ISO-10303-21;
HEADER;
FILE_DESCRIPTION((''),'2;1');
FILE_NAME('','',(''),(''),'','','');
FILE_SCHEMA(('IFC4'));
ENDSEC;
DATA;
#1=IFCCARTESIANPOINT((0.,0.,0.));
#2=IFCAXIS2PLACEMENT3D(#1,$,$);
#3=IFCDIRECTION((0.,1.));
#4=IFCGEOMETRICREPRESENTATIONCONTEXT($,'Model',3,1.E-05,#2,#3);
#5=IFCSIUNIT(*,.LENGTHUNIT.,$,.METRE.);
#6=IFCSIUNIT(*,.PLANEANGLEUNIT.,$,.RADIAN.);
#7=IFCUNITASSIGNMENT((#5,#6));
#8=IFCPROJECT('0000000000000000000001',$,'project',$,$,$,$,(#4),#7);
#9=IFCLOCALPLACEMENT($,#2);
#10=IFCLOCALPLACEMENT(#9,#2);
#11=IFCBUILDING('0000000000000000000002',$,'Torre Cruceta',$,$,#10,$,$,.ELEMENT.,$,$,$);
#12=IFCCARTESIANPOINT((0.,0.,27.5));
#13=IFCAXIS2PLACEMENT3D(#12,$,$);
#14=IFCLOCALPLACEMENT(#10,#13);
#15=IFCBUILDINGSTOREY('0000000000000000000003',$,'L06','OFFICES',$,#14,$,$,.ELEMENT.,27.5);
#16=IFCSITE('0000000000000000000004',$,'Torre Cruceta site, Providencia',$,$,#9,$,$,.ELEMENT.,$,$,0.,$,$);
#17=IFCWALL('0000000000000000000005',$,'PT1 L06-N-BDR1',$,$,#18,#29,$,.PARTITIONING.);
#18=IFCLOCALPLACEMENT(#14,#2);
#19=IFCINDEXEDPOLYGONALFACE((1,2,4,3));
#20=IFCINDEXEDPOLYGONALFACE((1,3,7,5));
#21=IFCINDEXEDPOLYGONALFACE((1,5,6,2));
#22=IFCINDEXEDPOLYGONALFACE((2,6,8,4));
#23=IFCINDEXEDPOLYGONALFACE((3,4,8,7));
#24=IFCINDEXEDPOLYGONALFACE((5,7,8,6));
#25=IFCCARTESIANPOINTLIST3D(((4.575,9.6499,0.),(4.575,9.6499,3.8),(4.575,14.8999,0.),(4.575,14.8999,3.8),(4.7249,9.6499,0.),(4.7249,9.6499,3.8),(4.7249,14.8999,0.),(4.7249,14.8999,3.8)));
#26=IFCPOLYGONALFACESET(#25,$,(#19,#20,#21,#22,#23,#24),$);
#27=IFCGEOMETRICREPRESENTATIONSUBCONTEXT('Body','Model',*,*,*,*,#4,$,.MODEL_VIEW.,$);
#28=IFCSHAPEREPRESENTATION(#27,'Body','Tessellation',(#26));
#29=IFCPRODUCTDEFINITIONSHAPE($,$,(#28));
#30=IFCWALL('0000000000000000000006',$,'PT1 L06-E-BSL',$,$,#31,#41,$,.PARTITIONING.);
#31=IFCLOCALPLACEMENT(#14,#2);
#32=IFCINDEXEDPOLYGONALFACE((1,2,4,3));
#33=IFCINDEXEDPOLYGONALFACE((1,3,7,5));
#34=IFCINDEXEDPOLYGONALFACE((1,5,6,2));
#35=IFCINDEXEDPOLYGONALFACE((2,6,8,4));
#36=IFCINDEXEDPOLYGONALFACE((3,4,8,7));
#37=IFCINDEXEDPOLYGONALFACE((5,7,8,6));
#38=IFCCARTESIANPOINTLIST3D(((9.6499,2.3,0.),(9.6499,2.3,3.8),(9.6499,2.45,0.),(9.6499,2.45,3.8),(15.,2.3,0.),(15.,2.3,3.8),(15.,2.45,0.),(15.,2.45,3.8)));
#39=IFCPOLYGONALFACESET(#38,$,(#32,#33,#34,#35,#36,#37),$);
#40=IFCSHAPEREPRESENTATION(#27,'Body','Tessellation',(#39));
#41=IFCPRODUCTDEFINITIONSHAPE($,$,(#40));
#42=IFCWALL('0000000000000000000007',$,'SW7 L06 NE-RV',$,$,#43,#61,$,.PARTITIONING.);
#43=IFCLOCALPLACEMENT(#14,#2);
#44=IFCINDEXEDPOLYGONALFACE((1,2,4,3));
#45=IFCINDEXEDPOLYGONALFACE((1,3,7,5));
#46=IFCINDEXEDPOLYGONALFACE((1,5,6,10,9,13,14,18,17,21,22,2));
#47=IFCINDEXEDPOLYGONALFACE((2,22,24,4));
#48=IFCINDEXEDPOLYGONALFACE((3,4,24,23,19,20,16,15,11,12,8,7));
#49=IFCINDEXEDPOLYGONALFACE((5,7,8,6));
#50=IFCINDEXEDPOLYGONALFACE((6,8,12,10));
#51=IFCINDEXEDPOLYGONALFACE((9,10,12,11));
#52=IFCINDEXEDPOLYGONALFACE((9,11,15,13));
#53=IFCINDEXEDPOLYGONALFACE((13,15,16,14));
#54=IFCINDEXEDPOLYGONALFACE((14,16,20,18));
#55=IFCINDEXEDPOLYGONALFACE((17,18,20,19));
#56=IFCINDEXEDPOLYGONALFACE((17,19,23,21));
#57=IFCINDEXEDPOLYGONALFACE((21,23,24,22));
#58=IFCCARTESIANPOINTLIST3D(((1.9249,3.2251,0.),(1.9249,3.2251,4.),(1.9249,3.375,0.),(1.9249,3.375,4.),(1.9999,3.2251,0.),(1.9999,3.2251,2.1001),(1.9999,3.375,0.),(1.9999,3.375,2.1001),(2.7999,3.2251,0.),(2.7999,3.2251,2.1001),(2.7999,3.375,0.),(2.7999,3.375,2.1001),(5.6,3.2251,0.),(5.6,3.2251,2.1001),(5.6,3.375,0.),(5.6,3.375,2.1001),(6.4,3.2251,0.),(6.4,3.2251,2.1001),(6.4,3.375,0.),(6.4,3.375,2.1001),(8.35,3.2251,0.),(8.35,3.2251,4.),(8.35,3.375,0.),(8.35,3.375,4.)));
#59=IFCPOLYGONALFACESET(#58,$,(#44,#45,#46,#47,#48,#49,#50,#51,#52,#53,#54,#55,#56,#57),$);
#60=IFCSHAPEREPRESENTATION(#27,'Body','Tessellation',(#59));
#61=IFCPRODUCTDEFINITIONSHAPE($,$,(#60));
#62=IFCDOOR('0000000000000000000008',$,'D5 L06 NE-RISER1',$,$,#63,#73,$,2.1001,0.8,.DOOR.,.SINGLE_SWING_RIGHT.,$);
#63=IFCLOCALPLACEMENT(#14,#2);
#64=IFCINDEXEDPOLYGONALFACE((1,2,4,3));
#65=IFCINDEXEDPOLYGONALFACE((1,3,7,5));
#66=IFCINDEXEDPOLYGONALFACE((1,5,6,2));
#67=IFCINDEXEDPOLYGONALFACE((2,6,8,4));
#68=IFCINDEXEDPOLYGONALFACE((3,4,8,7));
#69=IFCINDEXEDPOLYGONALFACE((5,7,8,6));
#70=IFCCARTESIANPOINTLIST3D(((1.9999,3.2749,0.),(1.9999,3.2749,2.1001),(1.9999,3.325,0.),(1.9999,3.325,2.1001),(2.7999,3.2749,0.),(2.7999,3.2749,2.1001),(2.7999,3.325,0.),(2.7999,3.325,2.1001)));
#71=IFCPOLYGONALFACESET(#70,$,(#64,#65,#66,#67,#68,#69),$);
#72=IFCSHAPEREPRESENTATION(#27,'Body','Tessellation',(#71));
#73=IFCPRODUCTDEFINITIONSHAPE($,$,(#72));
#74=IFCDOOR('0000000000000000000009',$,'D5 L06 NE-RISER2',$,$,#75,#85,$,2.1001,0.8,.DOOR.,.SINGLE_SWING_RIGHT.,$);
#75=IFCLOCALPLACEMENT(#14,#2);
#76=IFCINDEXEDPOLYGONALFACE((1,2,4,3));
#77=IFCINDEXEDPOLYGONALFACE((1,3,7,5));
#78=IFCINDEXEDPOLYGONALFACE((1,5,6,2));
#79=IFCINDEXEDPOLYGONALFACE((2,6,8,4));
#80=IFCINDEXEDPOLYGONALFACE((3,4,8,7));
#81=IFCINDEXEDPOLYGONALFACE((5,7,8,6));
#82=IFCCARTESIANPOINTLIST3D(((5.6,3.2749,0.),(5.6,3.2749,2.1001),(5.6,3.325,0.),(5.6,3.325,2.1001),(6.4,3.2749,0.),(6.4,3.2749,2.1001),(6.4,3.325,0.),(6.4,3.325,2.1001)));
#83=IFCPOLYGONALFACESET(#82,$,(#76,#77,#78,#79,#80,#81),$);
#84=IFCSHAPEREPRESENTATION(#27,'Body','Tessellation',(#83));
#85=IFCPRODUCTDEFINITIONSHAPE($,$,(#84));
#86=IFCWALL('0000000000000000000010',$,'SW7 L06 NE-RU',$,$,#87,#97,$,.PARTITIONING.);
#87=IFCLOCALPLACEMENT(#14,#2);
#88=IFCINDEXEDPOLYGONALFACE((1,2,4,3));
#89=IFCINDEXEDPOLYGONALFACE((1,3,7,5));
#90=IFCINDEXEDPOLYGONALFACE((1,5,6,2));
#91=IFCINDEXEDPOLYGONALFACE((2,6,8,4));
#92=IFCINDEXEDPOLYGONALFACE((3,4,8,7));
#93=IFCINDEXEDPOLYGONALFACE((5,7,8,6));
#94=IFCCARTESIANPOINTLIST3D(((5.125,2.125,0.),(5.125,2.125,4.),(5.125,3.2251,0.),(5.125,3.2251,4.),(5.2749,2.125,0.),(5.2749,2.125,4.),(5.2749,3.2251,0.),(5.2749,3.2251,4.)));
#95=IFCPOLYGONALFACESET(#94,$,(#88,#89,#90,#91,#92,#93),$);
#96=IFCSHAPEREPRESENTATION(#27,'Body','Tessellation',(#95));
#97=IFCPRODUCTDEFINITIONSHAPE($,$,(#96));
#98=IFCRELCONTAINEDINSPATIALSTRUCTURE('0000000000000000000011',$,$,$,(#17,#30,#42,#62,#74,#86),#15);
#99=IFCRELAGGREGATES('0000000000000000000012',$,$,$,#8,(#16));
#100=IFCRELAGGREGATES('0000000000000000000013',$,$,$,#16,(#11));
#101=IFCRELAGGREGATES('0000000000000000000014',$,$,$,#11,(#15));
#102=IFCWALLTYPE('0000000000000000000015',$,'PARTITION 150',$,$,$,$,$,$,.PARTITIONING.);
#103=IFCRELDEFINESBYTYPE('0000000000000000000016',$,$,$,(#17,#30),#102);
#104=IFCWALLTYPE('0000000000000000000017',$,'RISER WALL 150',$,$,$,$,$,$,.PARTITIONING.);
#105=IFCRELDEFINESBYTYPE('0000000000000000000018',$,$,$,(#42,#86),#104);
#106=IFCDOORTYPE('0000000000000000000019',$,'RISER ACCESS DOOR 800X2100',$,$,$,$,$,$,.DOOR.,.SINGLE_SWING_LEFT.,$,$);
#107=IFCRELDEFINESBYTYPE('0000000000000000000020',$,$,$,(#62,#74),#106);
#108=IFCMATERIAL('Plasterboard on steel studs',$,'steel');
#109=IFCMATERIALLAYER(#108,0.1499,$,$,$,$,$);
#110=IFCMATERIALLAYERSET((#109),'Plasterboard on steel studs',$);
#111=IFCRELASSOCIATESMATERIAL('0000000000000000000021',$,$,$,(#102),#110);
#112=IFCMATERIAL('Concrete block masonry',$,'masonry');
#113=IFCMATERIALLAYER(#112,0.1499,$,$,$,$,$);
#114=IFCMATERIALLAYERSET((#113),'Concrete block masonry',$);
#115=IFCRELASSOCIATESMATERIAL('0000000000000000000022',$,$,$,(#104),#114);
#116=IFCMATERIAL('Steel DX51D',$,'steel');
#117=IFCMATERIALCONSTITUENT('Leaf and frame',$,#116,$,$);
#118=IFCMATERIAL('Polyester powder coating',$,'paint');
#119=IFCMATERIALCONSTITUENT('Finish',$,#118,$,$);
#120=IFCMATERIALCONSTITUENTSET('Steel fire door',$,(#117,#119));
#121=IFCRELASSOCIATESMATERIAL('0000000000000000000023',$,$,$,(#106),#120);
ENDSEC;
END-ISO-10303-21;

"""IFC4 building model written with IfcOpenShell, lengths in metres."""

from ifc_helpers import new_model, si_unit, direction, frame, frame_2d, origin, place, context, subcontext, project, spatial, rectangle, extrude, material, layer, layer_set, constituent, constituent_set, type_object, element, fill, save


model = new_model("IFC4")

# Units and contexts
model_context = context("Model", 3, precision=1e-05, world=origin(), true_north=direction((0.0, 1.0)))
body_context = subcontext(model_context, "Body", "Model", "MODEL_VIEW")
ifc_project = project(units=[si_unit("LENGTHUNIT", "METRE"), si_unit("PLANEANGLEUNIT", "RADIAN")], contexts=[model_context])

# Site, building, storey
site_placement = place(None, origin())
site = spatial("IfcSite", under=ifc_project, at=site_placement, Name="Torre Cruceta site, Providencia", CompositionType="ELEMENT", RefElevation=0.0)
building_placement = place(site_placement, origin())
building = spatial("IfcBuilding", under=site, at=building_placement, Name="Torre Cruceta", CompositionType="ELEMENT")
storey_placement = place(building_placement, frame((0.0, 0.0, 27.5)))
storey = spatial("IfcBuildingStorey", under=building, at=storey_placement, Name="L06", Description="OFFICES", CompositionType="ELEMENT", Elevation=27.5)

# Walls
ifc_material_1 = material(Name="Plasterboard on steel studs", Category="steel")
ifc_layer_1 = layer(ifc_material_1, 0.1499)
ifc_layer_set_1 = layer_set([ifc_layer_1], Name="Plasterboard on steel studs")
wall_type_1 = type_object("IfcWallType", Name="PARTITION 150", PredefinedType="PARTITIONING", material=ifc_layer_set_1)
wall_1_placement = place(storey_placement, frame((4.6499, 9.6499, 0.0), z_axis=(0.0, 0.0, 1.0), x_axis=(0.0, 1.0, 0.0)))
element("IfcWall", 1, at=wall_1_placement, inside=storey, type_object=wall_type_1, Name="PT1 L06-N-BDR1", PredefinedType="PARTITIONING", context=body_context, shape_type="SweptSolid", body=[
    extrude(rectangle(XDim=5.25, YDim=0.1499, at=frame_2d((2.625, 0.0))), origin(), (0.0, 0.0, 1.0), 3.8),
])
wall_2_placement = place(storey_placement, frame((9.6499, 2.375, 0.0), z_axis=(0.0, 0.0, 1.0), x_axis=(1.0, 0.0, 0.0)))
element("IfcWall", 2, at=wall_2_placement, inside=storey, type_object=wall_type_1, Name="PT1 L06-E-BSL", PredefinedType="PARTITIONING", context=body_context, shape_type="SweptSolid", body=[
    extrude(rectangle(XDim=5.3501, YDim=0.1499, at=frame_2d((2.675, 0.0))), origin(), (0.0, 0.0, 1.0), 3.8),
])

# Wall, openings, doors
ifc_material_2 = material(Name="Concrete block masonry", Category="masonry")
ifc_layer_2 = layer(ifc_material_2, 0.1499)
ifc_layer_set_2 = layer_set([ifc_layer_2], Name="Concrete block masonry")
wall_type_2 = type_object("IfcWallType", Name="RISER WALL 150", PredefinedType="PARTITIONING", material=ifc_layer_set_2)
wall_3_placement = place(storey_placement, frame((1.925, 3.3, 0.0), z_axis=(0.0, 0.0, 1.0), x_axis=(1.0, 0.0, 0.0)))
wall_3 = element("IfcWall", 3, at=wall_3_placement, inside=storey, type_object=wall_type_2, Name="SW7 L06 NE-RV", PredefinedType="PARTITIONING", context=body_context, shape_type="SweptSolid", body=[
    extrude(rectangle(XDim=6.425, YDim=0.1499, at=frame_2d((3.2124, 0.0))), origin(), (0.0, 0.0, 1.0), 4.0),
])
opening_1_placement = place(wall_3_placement, frame((0.075, 0.0, 0.0)))
opening_1 = element("IfcOpeningElement", 4, at=opening_1_placement, cuts=wall_3, PredefinedType="OPENING", context=body_context, shape_type="SweptSolid", body=[
    extrude(rectangle(XDim=0.8, YDim=2.1001, at=frame_2d((0.3999, 1.05))), frame((0.0, 0.085, 0.0), z_axis=(0.0, -1.0, 0.0), x_axis=(1.0, 0.0, 0.0)), (0.0, 0.0, 1.0), 0.1699),
])
opening_2_placement = place(wall_3_placement, frame((3.675, 0.0, 0.0)))
opening_2 = element("IfcOpeningElement", 5, at=opening_2_placement, cuts=wall_3, PredefinedType="OPENING", context=body_context, shape_type="SweptSolid", body=[
    extrude(rectangle(XDim=0.8, YDim=2.1001, at=frame_2d((0.3999, 1.05))), frame((0.0, 0.085, 0.0), z_axis=(0.0, -1.0, 0.0), x_axis=(1.0, 0.0, 0.0)), (0.0, 0.0, 1.0), 0.1699),
])
ifc_material_3 = material(Name="Steel DX51D", Category="steel")
ifc_constituent_1 = constituent(ifc_material_3, Name="Leaf and frame")
ifc_material_4 = material(Name="Polyester powder coating", Category="paint")
ifc_constituent_2 = constituent(ifc_material_4, Name="Finish")
ifc_constituent_set_1 = constituent_set(constituents=[ifc_constituent_1, ifc_constituent_2], Name="Steel fire door")
door_type_1 = type_object("IfcDoorType", Name="RISER ACCESS DOOR 800X2100", OperationType="SINGLE_SWING_LEFT", PredefinedType="DOOR", material=ifc_constituent_set_1)
door_1_placement = place(opening_1_placement, frame((0.8, 0.0, 0.0), z_axis=(0.0, 0.0, 1.0), x_axis=(-1.0, 0.0, 0.0)))
door_1 = element("IfcDoor", 6, at=door_1_placement, inside=storey, type_object=door_type_1, Name="D5 L06 NE-RISER1", OperationType="SINGLE_SWING_RIGHT", OverallHeight=2.1001, OverallWidth=0.8, PredefinedType="DOOR", context=body_context, shape_type="SweptSolid", body=[
    extrude(rectangle(XDim=0.8, YDim=2.1001, at=frame_2d((0.4001, 1.05))), frame((0.0, 0.0251, 0.0), z_axis=(0.0, -1.0, 0.0), x_axis=(1.0, 0.0, 0.0)), (0.0, 0.0, 1.0), 0.05),
])
fill(opening_1, door_1)
door_2_placement = place(opening_2_placement, frame((0.8, 0.0, 0.0), z_axis=(0.0, 0.0, 1.0), x_axis=(-1.0, 0.0, 0.0)))
door_2 = element("IfcDoor", 7, at=door_2_placement, inside=storey, type_object=door_type_1, Name="D5 L06 NE-RISER2", OperationType="SINGLE_SWING_RIGHT", OverallHeight=2.1001, OverallWidth=0.8, PredefinedType="DOOR", context=body_context, shape_type="SweptSolid", body=[
    extrude(rectangle(XDim=0.8, YDim=2.1001, at=frame_2d((0.4001, 1.05))), frame((0.0, 0.0251, 0.0), z_axis=(0.0, -1.0, 0.0), x_axis=(1.0, 0.0, 0.0)), (0.0, 0.0, 1.0), 0.05),
])
fill(opening_2, door_2)

# Wall
wall_4_placement = place(storey_placement, frame((5.2, 2.125, 0.0), z_axis=(0.0, 0.0, 1.0), x_axis=(0.0, 1.0, 0.0)))
element("IfcWall", 8, at=wall_4_placement, inside=storey, type_object=wall_type_2, Name="SW7 L06 NE-RU", PredefinedType="PARTITIONING", context=body_context, shape_type="SweptSolid", body=[
    extrude(rectangle(XDim=1.1001, YDim=0.1499, at=frame_2d((0.55, 0.0))), origin(), (0.0, 0.0, 1.0), 4.0),
])

save(model, "model.ifc")
